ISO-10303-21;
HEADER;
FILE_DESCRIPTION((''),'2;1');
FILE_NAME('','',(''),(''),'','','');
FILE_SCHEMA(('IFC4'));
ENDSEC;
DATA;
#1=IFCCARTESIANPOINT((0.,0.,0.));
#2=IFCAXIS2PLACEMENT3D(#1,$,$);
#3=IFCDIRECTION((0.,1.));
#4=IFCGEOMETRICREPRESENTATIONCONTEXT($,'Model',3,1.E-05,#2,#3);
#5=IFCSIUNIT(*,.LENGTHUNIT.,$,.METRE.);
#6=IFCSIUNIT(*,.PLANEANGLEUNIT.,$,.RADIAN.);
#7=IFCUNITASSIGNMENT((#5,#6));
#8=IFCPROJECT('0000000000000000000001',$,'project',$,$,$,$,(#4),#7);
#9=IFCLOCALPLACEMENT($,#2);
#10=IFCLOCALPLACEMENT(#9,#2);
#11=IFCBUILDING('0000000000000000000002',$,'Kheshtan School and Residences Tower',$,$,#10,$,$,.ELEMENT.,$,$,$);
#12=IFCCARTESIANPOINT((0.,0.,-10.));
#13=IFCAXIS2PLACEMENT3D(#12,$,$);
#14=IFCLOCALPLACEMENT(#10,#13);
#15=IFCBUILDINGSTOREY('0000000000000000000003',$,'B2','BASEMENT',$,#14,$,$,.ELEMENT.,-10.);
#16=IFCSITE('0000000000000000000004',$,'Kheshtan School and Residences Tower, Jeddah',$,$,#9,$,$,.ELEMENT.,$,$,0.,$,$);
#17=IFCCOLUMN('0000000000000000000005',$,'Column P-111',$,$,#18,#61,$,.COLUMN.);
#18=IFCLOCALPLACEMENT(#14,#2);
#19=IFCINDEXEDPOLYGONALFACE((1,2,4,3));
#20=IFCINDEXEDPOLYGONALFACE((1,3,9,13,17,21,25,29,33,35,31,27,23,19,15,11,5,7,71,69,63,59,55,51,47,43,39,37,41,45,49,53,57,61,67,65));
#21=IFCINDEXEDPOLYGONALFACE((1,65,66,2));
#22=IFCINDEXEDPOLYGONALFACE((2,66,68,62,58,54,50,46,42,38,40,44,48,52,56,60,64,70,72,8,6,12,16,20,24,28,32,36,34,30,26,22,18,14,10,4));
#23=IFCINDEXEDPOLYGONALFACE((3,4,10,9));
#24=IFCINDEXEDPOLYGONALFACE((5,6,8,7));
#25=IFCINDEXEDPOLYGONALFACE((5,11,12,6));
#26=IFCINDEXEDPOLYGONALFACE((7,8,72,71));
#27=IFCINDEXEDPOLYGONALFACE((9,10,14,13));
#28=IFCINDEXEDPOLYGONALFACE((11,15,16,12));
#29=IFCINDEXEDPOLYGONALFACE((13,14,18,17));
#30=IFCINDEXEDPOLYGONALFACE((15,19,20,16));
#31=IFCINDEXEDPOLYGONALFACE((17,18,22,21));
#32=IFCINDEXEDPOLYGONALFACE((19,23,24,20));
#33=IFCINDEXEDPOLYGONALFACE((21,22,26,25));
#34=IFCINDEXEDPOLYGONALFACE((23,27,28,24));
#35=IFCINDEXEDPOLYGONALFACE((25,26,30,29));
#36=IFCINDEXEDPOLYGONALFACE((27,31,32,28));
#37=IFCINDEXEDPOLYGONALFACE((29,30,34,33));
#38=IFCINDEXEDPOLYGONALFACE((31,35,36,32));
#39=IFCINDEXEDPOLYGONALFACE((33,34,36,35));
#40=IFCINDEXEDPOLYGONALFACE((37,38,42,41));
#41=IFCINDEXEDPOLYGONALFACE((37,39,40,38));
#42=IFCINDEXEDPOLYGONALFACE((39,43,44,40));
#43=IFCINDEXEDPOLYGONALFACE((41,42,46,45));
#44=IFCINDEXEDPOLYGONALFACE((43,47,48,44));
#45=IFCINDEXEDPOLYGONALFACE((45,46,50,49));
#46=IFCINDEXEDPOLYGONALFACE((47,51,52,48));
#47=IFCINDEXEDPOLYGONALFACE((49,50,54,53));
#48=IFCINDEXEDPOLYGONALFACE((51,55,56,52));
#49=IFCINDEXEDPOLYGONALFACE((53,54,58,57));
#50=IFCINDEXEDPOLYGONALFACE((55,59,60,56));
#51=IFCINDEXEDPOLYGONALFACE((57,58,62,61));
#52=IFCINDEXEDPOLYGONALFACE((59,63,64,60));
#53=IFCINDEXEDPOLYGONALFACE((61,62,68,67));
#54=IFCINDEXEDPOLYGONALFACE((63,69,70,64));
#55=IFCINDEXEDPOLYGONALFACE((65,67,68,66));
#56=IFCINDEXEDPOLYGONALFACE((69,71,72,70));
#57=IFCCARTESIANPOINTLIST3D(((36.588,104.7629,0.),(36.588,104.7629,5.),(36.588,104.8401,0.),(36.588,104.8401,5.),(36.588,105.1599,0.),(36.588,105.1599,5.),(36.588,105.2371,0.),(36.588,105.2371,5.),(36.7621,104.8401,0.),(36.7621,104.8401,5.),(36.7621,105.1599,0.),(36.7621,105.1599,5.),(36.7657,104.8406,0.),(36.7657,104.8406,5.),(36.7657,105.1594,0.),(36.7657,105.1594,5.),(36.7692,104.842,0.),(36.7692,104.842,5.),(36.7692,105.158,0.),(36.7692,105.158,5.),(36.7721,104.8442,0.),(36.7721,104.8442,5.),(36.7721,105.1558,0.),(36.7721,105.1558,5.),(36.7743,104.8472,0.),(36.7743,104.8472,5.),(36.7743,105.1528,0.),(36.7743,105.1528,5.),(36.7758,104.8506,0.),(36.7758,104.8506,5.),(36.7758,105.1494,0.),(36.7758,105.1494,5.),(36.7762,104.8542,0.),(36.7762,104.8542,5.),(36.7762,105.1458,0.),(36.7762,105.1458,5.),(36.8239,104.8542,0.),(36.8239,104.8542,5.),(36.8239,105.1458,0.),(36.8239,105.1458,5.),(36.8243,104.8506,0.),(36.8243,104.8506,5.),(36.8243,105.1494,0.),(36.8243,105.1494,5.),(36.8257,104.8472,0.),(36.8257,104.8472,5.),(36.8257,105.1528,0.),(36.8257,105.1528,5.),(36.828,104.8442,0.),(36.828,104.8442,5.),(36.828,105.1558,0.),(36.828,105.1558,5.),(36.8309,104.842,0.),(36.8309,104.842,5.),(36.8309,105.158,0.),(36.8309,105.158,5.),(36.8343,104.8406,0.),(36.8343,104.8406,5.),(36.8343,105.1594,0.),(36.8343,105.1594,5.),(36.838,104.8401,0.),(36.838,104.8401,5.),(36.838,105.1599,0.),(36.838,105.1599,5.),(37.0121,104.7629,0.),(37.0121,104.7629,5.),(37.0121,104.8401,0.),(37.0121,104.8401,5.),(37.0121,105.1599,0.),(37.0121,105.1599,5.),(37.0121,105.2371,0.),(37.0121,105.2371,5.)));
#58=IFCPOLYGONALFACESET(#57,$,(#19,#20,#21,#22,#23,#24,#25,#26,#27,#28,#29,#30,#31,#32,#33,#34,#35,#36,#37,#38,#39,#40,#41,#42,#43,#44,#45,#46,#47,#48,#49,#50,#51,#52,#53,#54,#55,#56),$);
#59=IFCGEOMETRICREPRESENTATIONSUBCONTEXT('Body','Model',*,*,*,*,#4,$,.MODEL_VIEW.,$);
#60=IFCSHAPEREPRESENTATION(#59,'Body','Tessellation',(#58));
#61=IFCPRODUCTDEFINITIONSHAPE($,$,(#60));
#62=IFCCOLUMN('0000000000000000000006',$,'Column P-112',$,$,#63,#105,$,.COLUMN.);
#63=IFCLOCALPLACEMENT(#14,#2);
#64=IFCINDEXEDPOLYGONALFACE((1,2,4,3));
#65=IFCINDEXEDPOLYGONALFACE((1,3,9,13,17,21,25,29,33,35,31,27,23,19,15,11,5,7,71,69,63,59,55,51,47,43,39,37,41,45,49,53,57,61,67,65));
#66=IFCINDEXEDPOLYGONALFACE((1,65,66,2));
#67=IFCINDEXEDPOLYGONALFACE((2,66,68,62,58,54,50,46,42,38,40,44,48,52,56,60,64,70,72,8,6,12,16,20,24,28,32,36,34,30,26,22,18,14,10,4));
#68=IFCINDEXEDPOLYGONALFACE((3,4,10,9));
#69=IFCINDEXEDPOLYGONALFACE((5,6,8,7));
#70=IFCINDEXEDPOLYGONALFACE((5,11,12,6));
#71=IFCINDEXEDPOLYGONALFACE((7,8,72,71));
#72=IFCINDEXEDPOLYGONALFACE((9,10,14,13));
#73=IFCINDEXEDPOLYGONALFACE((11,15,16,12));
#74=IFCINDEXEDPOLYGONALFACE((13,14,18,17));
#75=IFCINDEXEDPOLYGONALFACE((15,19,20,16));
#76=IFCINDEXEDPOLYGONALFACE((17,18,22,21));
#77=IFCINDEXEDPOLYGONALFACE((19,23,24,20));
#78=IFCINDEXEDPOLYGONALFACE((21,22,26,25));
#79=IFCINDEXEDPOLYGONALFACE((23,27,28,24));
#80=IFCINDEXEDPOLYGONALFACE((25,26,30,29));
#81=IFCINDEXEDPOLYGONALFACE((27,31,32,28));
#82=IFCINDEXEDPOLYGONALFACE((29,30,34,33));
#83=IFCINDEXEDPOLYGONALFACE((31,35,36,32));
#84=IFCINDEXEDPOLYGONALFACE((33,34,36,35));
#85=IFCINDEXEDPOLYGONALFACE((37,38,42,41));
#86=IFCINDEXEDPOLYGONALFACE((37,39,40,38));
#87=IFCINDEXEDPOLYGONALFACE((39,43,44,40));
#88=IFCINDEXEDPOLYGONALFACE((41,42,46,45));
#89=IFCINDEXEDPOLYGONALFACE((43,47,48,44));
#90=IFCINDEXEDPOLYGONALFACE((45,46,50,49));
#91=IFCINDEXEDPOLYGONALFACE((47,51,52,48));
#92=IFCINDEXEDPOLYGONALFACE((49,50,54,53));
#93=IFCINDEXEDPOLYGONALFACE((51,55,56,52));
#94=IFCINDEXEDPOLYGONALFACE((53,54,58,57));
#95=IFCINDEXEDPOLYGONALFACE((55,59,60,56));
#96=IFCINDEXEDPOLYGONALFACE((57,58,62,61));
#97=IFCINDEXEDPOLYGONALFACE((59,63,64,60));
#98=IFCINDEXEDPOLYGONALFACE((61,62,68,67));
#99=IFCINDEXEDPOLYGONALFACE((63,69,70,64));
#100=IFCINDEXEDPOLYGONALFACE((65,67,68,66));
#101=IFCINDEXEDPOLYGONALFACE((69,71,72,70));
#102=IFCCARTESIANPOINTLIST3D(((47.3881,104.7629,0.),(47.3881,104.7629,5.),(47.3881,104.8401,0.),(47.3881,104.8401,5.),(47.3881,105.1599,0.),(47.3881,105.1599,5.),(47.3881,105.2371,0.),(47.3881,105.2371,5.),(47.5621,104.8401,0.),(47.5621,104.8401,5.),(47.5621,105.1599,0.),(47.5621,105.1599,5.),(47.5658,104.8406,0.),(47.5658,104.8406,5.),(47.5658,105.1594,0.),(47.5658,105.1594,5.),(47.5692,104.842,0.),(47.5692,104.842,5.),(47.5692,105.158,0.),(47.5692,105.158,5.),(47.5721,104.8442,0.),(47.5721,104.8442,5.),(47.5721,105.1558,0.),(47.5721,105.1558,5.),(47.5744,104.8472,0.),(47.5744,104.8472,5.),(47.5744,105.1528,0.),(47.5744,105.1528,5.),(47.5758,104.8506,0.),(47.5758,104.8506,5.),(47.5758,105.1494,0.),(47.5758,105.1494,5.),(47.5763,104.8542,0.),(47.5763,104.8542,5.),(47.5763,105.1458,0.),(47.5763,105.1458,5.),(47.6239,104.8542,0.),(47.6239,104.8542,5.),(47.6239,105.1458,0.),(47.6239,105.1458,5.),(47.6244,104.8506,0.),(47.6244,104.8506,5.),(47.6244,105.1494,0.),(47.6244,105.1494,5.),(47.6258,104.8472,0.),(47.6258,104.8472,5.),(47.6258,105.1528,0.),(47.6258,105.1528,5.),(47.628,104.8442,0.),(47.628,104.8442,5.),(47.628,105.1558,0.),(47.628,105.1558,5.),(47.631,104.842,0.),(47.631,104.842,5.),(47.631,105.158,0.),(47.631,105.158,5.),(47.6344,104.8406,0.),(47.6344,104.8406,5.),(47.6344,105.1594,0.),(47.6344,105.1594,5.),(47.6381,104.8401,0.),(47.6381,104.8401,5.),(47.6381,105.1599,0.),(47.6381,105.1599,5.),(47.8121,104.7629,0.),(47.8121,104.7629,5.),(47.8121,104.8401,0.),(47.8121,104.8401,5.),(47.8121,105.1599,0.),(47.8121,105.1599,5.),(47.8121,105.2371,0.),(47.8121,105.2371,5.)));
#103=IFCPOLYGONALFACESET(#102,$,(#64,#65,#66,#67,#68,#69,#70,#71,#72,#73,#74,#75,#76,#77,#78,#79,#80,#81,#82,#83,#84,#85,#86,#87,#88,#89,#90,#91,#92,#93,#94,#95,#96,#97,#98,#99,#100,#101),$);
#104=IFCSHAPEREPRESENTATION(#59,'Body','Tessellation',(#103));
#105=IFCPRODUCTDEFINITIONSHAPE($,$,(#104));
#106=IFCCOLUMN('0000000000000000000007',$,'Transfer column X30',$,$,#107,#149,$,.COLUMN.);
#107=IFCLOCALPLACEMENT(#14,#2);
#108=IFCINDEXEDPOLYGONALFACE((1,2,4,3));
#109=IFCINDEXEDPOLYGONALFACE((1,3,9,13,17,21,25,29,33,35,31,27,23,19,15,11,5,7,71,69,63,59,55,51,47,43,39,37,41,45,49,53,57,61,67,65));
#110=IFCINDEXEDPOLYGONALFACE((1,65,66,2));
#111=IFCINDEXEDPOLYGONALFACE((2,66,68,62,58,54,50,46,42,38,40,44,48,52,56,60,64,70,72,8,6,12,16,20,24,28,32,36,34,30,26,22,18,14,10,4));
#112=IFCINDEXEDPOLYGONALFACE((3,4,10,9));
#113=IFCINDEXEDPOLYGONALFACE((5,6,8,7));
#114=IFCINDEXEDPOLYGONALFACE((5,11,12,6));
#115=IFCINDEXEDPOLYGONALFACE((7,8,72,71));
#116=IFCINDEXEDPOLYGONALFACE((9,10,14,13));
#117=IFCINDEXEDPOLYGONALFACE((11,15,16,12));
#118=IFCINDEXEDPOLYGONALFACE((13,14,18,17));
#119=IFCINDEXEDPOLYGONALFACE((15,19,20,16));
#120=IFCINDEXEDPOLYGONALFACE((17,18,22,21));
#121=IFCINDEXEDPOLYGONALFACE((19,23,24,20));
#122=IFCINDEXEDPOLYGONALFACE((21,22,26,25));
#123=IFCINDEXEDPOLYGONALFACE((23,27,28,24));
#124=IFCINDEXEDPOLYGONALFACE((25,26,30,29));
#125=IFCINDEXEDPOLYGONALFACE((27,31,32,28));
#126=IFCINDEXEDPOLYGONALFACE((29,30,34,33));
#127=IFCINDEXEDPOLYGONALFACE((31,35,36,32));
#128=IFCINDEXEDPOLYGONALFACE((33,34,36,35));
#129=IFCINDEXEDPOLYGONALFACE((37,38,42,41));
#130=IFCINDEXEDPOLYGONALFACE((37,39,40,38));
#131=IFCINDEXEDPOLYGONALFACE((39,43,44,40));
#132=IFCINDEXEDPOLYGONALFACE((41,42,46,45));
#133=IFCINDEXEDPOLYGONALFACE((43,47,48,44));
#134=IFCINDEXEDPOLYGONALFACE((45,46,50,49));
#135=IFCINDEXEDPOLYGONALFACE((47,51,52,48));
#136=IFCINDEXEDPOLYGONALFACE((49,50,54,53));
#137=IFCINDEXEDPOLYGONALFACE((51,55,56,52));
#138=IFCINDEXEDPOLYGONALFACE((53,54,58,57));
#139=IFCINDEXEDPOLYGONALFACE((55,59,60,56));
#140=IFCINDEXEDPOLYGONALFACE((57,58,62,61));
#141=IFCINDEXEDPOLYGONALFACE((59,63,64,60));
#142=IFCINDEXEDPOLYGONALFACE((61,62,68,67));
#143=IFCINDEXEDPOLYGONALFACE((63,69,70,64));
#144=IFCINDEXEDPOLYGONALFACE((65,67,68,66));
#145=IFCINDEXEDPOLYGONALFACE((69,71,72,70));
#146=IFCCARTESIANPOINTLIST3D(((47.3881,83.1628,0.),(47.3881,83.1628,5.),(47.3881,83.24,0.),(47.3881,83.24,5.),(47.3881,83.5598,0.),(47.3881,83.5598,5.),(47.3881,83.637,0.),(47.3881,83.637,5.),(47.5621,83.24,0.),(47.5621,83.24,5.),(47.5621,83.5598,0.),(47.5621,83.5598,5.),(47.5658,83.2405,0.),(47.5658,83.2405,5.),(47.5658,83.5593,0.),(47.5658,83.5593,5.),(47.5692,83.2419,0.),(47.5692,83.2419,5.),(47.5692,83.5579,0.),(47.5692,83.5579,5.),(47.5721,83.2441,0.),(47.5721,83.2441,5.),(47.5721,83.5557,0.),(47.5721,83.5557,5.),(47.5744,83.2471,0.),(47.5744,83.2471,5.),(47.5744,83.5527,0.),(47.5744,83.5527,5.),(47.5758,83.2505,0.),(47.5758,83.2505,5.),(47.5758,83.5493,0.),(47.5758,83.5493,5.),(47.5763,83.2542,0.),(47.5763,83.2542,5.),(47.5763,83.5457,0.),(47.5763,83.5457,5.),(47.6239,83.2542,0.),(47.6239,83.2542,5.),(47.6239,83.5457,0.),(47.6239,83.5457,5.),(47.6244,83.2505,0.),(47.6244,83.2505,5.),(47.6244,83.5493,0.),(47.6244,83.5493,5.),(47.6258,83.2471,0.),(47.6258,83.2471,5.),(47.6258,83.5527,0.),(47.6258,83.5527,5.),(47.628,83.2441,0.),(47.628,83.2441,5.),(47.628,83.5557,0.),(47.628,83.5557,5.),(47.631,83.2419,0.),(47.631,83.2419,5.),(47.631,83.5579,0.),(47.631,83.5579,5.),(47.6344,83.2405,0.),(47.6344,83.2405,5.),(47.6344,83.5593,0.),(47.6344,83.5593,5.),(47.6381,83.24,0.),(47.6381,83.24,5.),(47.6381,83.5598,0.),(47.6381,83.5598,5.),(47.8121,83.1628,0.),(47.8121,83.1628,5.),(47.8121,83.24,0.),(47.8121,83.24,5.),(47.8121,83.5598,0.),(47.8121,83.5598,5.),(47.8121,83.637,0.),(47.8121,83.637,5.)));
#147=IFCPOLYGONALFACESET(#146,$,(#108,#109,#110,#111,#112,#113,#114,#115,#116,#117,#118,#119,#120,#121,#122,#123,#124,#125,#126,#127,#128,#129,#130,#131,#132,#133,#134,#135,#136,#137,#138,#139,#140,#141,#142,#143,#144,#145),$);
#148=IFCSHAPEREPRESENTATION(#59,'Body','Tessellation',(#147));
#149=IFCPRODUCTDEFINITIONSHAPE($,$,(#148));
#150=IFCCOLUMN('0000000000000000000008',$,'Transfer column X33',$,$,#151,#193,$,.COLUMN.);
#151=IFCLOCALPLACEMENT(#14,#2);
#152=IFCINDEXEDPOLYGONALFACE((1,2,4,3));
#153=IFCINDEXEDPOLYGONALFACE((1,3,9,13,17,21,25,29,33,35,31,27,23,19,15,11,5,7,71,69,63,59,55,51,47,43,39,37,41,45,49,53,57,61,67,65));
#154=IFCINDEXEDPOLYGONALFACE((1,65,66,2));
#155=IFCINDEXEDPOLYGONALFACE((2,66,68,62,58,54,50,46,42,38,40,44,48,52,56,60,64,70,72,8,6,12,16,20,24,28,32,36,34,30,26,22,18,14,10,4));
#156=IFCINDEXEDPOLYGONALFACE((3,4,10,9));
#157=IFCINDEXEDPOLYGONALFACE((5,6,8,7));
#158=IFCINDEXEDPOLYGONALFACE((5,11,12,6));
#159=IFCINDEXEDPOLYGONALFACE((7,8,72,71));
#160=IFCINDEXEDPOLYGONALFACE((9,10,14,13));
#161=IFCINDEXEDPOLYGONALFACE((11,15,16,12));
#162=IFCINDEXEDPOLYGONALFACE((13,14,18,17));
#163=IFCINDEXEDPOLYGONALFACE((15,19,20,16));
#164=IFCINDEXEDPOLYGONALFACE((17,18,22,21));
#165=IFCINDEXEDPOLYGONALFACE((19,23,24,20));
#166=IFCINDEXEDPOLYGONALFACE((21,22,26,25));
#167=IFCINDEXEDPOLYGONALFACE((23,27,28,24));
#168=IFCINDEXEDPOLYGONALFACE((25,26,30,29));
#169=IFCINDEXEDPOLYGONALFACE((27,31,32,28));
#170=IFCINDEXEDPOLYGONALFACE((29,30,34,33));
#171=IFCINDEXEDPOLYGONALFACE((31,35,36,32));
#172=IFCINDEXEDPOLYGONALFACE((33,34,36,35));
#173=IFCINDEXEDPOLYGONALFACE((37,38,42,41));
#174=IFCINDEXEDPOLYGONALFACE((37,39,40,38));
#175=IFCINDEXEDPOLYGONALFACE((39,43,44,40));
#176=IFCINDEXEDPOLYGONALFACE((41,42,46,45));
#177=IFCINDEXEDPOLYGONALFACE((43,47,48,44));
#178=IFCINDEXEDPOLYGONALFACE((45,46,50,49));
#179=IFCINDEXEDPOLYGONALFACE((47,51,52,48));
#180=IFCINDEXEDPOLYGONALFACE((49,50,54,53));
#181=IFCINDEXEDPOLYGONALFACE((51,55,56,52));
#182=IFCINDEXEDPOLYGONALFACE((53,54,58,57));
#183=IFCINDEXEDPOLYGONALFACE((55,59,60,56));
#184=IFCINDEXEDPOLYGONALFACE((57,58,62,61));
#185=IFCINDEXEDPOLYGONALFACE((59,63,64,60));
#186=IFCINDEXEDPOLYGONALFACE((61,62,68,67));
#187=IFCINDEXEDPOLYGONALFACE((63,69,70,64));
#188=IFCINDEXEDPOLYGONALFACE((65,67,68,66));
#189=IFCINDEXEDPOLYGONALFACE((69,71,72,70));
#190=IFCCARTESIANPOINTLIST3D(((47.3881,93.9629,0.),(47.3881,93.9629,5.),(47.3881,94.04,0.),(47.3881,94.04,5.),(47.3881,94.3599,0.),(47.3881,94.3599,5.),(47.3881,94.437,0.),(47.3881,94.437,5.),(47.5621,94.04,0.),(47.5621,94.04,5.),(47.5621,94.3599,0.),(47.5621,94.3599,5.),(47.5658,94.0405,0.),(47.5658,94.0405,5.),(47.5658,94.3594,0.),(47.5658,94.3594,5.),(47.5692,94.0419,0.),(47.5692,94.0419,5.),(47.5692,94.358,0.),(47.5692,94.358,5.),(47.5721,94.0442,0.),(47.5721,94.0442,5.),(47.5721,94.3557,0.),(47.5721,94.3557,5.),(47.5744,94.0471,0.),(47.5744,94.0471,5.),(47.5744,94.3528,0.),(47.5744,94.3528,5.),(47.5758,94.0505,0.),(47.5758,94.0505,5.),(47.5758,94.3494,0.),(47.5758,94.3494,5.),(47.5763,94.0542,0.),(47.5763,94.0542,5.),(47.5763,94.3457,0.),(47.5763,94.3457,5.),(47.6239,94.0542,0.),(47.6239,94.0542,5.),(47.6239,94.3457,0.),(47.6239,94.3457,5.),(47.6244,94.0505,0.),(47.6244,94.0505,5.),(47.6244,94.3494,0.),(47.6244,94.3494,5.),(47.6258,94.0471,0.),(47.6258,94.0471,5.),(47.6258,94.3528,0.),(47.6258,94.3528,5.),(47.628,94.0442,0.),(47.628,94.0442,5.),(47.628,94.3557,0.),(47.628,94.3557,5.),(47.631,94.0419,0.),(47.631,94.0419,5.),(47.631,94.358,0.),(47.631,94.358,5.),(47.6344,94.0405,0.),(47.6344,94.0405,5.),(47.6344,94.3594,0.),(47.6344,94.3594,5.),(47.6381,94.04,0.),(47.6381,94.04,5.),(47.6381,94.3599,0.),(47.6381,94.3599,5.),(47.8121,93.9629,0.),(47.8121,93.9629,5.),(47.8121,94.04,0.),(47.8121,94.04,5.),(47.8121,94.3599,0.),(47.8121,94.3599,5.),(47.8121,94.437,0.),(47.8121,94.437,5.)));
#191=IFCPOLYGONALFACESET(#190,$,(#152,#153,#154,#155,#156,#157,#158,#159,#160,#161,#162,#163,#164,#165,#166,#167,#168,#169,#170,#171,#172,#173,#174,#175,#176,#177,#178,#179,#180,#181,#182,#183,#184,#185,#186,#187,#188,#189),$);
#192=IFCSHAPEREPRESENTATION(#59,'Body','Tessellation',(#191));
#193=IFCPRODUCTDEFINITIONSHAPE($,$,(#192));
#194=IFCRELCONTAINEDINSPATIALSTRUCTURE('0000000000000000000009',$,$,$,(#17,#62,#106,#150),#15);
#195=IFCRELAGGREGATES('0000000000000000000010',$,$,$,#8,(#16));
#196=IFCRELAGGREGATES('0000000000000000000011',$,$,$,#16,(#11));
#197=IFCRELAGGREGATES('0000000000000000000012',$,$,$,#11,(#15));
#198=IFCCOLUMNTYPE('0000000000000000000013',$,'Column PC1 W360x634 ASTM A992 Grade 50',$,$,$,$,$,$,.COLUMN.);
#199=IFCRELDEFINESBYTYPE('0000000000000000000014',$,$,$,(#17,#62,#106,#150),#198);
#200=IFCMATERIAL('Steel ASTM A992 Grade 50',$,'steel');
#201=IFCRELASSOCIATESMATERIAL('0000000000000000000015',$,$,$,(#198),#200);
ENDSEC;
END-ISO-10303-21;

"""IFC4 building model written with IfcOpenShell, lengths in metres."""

from ifc_helpers import new_model, si_unit, direction, frame, origin, origin_2d, place, context, subcontext, project, spatial, i_section, extrude, material, material_profile, profile_set, type_object, element, save


model = new_model("IFC4")

# Units and contexts
model_context = context("Model", 3, precision=1e-05, world=origin(), true_north=direction((0.0, 1.0)))
body_context = subcontext(model_context, "Body", "Model", "MODEL_VIEW")
ifc_project = project(units=[si_unit("LENGTHUNIT", "METRE"), si_unit("PLANEANGLEUNIT", "RADIAN")], contexts=[model_context])

# Site, building, storey
site_placement = place(None, origin())
site = spatial("IfcSite", under=ifc_project, at=site_placement, Name="Kheshtan School and Residences Tower, Jeddah", CompositionType="ELEMENT", RefElevation=0.0)
building_placement = place(site_placement, origin())
building = spatial("IfcBuilding", under=site, at=building_placement, Name="Kheshtan School and Residences Tower", CompositionType="ELEMENT")
storey_placement = place(building_placement, frame((0.0, 0.0, -10.0)))
storey = spatial("IfcBuildingStorey", under=building, at=storey_placement, Name="B2", Description="BASEMENT", CompositionType="ELEMENT", Elevation=-10.0)

# Columns
ifc_material_1 = material(Name="Steel ASTM A992 Grade 50", Category="steel")
ifc_material_profile = material_profile(ifc_material_1, i_section(OverallWidth=0.4241, OverallDepth=0.4741, WebThickness=0.0476, FlangeThickness=0.0771, FilletRadius=0.0142, at=origin_2d()), Name="W360x634")
ifc_profile_set = profile_set([ifc_material_profile], Name="Steel ASTM A992 Grade 50")
column_type = type_object("IfcColumnType", Name="Column PC1 W360x634 ASTM A992 Grade 50", PredefinedType="COLUMN", material=ifc_profile_set)
for number, where, z_axis, x_axis, name in (
    (1, (36.8, 105.0, 0.0), (0.0, 0.0, 1.0), (1.0, 0.0, 0.0), "Column P-111"),
    (2, (47.6001, 105.0, 0.0), (0.0, 0.0, 1.0), (1.0, 0.0, 0.0), "Column P-112"),
    (3, (47.6001, 83.3999, 0.0), (0.0, 0.0, 1.0), (1.0, 0.0, 0.0), "Transfer column X30"),
    (4, (47.6001, 94.2, 0.0), (0.0, 0.0, 1.0), (1.0, 0.0, 0.0), "Transfer column X33"),
):
    element("IfcColumn", number, at=place(storey_placement, frame(where, z_axis=z_axis, x_axis=x_axis)), inside=storey, type_object=column_type, Name=name, PredefinedType="COLUMN", context=body_context, shape_type="SweptSolid", body=[
        extrude(i_section(OverallWidth=0.4241, OverallDepth=0.4741, WebThickness=0.0476, FlangeThickness=0.0771, FilletRadius=0.0142, at=origin_2d()), origin(), (0.0, 0.0, 1.0), 5.0),
    ])

save(model, "model.ifc")
